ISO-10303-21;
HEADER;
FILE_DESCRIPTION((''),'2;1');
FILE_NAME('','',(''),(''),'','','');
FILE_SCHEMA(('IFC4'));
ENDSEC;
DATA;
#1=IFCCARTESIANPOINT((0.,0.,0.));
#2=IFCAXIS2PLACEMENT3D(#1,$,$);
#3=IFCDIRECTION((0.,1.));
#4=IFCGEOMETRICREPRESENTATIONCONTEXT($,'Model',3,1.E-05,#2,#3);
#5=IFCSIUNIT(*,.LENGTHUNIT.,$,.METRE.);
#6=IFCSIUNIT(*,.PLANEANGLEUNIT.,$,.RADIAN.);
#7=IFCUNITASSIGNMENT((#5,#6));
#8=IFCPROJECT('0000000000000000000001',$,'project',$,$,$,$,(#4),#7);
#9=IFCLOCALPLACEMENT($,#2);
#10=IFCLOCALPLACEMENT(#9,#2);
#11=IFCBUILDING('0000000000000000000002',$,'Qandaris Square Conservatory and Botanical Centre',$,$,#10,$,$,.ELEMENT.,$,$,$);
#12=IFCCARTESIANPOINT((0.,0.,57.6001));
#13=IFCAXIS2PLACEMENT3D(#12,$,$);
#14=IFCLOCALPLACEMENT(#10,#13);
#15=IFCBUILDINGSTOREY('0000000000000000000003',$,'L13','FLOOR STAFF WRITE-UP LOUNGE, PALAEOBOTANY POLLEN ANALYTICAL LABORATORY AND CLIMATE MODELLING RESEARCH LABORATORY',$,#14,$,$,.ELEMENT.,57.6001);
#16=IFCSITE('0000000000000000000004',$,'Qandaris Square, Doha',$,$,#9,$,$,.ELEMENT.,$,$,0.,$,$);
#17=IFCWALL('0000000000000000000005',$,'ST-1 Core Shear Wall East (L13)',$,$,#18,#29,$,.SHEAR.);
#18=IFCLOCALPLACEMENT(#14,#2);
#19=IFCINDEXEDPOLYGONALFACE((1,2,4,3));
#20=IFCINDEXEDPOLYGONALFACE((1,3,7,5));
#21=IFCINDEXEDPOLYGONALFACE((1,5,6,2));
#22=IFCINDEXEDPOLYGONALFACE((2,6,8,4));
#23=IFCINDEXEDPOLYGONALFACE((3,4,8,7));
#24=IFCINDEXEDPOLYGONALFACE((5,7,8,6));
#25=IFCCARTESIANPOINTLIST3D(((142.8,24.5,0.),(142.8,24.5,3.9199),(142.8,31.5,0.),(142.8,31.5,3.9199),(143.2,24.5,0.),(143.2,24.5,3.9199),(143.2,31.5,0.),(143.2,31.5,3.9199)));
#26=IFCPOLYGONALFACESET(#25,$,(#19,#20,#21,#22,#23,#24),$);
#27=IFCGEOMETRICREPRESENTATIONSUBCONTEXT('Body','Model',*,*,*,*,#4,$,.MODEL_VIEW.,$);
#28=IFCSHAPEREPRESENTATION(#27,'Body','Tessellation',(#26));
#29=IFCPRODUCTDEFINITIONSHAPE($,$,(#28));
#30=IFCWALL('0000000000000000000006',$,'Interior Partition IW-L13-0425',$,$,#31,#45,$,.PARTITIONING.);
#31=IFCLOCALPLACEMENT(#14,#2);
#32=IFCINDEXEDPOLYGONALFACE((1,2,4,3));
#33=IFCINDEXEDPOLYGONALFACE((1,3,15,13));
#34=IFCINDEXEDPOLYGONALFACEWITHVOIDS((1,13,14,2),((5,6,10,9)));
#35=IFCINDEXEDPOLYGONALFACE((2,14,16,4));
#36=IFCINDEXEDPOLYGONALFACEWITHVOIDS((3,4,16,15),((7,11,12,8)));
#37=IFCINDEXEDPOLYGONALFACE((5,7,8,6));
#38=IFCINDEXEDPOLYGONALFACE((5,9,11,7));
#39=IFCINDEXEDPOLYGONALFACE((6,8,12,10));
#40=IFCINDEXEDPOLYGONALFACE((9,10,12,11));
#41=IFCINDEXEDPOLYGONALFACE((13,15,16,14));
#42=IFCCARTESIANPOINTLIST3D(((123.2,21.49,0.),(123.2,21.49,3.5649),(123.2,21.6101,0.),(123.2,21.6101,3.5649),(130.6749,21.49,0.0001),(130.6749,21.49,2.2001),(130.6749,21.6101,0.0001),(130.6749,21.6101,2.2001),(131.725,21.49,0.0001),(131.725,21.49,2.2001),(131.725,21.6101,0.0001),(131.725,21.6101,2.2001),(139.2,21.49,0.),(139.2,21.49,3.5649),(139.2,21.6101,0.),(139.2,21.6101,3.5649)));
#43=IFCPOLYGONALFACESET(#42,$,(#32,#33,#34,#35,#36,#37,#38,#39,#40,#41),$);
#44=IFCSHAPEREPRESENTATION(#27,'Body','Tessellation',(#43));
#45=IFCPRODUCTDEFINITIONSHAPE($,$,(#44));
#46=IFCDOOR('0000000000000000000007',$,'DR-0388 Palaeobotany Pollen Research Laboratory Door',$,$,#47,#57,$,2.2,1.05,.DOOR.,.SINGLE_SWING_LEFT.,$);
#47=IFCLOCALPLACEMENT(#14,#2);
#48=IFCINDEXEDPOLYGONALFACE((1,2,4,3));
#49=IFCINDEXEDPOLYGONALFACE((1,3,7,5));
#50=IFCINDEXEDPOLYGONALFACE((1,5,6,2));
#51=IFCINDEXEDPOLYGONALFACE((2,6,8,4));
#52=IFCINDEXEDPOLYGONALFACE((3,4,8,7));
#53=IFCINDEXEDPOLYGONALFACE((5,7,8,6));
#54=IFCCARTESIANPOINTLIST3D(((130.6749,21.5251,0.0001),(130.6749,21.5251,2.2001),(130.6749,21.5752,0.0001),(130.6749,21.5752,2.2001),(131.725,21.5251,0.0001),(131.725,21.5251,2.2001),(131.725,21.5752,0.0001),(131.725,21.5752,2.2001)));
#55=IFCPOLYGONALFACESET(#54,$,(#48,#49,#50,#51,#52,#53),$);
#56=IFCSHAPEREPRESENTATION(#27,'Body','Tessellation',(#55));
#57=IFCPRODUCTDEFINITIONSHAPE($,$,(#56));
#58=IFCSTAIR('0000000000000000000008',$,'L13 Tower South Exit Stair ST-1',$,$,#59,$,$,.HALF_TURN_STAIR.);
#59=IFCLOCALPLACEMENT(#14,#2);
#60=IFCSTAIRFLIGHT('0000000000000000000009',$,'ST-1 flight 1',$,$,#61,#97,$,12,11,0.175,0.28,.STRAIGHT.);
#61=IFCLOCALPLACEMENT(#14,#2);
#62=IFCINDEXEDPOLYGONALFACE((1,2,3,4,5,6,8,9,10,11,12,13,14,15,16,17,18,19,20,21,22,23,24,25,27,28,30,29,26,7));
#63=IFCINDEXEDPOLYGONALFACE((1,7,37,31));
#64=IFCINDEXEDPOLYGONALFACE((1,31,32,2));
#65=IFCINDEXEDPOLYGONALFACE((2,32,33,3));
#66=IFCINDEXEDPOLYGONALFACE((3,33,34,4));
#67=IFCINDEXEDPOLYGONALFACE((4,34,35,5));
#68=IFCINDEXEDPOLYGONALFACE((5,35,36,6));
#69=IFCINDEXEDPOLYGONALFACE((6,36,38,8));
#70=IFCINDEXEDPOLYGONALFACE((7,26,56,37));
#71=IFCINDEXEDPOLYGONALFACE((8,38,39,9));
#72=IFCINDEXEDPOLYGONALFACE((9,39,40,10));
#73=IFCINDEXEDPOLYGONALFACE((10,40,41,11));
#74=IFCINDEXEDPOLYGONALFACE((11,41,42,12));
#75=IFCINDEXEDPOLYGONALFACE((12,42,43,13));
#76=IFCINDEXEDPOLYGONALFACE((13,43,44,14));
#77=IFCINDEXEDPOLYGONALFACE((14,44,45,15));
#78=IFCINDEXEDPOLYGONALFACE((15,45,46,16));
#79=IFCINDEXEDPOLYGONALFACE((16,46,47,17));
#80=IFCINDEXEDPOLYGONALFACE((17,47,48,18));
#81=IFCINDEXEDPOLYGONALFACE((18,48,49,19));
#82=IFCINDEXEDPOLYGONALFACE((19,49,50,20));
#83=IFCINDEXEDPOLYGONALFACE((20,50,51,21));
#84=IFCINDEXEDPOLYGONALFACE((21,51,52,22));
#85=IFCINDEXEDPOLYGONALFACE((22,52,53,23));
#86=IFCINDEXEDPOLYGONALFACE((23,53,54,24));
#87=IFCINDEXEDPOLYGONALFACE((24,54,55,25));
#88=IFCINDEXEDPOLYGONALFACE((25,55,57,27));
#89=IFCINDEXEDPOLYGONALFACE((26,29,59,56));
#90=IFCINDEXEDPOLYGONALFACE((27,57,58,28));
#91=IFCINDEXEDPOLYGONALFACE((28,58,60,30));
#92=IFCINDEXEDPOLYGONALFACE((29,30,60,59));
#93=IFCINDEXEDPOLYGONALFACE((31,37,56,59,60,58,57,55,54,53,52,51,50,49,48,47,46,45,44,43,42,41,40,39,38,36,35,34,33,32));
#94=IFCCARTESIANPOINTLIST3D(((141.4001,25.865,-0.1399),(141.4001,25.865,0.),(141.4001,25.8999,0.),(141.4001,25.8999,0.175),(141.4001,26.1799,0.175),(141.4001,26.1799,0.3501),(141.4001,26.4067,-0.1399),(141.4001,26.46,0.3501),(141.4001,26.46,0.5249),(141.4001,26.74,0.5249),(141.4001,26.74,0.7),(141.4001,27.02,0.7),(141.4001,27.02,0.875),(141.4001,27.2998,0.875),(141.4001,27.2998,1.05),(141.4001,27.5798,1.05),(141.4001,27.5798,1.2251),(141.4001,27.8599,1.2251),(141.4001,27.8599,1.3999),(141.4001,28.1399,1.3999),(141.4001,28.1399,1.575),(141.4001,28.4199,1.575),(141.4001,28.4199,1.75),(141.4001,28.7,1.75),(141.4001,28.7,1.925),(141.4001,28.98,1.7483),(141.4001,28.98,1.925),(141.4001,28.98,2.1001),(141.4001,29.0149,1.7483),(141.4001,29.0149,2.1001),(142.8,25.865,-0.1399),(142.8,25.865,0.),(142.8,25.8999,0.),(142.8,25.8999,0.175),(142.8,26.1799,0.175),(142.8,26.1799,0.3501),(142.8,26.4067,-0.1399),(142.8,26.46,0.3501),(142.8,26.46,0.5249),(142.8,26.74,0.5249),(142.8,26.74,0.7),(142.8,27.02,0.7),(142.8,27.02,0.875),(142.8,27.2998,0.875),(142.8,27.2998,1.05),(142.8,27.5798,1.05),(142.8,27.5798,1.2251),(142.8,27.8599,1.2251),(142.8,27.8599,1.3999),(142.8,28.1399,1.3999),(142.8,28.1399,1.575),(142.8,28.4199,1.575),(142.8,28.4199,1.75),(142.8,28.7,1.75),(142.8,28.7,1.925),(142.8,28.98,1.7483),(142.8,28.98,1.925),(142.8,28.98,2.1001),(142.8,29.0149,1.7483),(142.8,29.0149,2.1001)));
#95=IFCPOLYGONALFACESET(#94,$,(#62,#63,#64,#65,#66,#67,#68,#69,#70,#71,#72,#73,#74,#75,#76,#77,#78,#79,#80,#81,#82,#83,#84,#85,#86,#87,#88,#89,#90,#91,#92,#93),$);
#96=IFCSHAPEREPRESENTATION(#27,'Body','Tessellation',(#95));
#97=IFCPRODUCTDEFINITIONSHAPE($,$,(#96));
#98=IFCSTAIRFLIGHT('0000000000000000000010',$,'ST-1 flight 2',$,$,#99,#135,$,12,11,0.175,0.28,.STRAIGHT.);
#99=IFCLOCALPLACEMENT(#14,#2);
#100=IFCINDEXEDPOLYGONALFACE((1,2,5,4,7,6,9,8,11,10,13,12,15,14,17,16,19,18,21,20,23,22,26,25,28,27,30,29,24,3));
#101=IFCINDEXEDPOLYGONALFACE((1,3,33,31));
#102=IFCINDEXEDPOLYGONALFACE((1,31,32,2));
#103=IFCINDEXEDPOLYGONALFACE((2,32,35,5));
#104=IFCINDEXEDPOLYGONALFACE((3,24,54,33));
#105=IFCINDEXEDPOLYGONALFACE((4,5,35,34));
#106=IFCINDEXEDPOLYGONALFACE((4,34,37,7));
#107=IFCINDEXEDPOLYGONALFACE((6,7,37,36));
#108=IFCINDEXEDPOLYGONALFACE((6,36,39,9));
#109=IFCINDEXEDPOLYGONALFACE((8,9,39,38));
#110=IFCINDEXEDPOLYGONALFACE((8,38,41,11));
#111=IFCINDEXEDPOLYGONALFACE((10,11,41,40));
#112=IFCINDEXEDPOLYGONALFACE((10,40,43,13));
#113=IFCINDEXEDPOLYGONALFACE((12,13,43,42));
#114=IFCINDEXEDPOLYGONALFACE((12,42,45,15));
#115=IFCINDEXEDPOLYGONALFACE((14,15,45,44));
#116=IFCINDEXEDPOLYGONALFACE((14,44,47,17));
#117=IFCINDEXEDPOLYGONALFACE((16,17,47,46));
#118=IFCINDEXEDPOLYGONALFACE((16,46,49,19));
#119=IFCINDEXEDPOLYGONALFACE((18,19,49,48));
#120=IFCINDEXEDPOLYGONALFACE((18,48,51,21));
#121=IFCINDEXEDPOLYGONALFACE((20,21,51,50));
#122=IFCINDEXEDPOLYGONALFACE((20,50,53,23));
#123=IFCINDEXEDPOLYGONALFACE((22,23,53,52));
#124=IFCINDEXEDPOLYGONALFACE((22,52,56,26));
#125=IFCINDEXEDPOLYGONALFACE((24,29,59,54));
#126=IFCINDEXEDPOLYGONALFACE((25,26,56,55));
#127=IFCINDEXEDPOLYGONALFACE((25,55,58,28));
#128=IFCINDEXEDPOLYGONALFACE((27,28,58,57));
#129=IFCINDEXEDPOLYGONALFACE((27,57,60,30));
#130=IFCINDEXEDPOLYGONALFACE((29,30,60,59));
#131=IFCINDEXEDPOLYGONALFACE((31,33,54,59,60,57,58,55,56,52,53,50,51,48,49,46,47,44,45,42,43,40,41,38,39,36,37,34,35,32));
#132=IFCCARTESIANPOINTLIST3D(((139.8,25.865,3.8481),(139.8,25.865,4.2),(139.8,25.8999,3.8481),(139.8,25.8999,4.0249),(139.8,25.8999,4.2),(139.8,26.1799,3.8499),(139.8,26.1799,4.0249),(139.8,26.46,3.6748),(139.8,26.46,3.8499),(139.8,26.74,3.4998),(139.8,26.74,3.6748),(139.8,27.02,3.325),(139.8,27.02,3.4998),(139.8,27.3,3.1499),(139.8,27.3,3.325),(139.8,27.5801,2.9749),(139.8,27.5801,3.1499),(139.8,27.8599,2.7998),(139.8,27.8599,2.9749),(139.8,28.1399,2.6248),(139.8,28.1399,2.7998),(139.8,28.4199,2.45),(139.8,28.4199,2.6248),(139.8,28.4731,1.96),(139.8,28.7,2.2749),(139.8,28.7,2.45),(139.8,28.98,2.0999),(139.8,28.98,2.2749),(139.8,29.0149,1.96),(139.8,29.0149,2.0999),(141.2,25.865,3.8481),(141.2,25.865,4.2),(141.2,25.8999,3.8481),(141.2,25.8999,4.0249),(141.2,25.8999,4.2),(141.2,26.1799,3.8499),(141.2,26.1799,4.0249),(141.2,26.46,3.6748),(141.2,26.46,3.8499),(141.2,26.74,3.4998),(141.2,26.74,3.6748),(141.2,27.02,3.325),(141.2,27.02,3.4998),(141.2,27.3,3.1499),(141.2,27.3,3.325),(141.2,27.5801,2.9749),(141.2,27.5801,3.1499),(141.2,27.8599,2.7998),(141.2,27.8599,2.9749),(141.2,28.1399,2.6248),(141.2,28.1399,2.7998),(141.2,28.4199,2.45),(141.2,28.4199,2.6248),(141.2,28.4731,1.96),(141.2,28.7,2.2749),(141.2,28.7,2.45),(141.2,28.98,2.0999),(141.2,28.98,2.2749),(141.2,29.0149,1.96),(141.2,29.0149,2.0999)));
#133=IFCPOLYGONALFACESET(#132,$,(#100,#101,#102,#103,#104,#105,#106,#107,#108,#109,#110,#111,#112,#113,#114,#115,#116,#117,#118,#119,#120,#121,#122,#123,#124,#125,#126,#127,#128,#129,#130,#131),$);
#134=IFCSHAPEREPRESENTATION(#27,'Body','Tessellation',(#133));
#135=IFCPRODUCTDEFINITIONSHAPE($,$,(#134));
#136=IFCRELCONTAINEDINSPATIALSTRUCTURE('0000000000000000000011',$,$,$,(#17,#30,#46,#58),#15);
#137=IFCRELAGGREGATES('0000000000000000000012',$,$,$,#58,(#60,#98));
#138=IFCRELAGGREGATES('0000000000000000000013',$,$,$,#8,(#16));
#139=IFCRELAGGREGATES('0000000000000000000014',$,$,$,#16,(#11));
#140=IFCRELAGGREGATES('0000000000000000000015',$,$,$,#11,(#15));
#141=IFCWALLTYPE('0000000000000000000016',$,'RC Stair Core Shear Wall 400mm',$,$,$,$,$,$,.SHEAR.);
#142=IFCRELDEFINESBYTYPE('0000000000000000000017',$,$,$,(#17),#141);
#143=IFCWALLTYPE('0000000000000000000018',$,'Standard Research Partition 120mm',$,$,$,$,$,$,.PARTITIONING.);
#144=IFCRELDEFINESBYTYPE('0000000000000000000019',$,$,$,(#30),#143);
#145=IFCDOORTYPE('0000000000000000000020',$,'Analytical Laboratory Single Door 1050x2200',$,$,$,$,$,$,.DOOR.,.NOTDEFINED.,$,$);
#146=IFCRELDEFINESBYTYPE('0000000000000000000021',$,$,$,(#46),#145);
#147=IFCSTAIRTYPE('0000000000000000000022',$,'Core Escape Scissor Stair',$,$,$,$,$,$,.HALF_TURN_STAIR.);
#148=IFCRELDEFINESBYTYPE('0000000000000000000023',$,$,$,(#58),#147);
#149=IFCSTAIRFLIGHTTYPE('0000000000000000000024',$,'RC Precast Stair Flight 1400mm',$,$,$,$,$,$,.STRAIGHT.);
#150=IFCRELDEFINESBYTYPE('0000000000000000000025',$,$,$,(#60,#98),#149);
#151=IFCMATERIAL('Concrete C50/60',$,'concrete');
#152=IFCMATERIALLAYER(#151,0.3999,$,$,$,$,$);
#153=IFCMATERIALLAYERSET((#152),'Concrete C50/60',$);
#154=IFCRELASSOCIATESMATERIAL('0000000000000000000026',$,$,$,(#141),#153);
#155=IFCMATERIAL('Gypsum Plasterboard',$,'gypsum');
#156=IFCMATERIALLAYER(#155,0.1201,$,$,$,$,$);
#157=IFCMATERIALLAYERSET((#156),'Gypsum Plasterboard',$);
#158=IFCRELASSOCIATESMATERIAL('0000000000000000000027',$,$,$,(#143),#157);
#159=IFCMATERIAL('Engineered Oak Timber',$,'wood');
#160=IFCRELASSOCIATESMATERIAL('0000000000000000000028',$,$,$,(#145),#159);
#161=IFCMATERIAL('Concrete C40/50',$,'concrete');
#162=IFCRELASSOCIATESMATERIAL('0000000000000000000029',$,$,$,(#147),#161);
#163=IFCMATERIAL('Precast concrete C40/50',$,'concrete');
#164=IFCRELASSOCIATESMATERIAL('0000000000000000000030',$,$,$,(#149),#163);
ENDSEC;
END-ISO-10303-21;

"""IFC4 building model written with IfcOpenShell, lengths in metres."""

from ifc_helpers import new_model, si_unit, direction, frame, frame_2d, origin, place, context, subcontext, project, spatial, polyline, rectangle, outline, extrude, material, layer, layer_set, type_object, element, fill, aggregate, save


model = new_model("IFC4")

# Units and contexts
model_context = context("Model", 3, precision=1e-05, world=origin(), true_north=direction((0.0, 1.0)))
body_context = subcontext(model_context, "Body", "Model", "MODEL_VIEW")
ifc_project = project(units=[si_unit("LENGTHUNIT", "METRE"), si_unit("PLANEANGLEUNIT", "RADIAN")], contexts=[model_context])

# Site, building, storey
site_placement = place(None, origin())
site = spatial("IfcSite", under=ifc_project, at=site_placement, Name="Qandaris Square, Doha", CompositionType="ELEMENT", RefElevation=0.0)
building_placement = place(site_placement, origin())
building = spatial("IfcBuilding", under=site, at=building_placement, Name="Qandaris Square Conservatory and Botanical Centre", CompositionType="ELEMENT")
storey_placement = place(building_placement, frame((0.0, 0.0, 57.6001)))
storey = spatial("IfcBuildingStorey", under=building, at=storey_placement, Name="L13", Description="FLOOR STAFF WRITE-UP LOUNGE, PALAEOBOTANY POLLEN ANALYTICAL LABORATORY AND CLIMATE MODELLING RESEARCH LABORATORY", CompositionType="ELEMENT", Elevation=57.6001)

# Shared definitions
ifc_material_1 = material(Name="Concrete C50/60", Category="concrete")

# Shared definitions
ifc_material_2 = material(Name="Gypsum Plasterboard", Category="gypsum")

# Shared definitions
ifc_material_3 = material(Name="Precast concrete C40/50", Category="concrete")

# Shared definitions
ifc_material_4 = material(Name="Concrete C40/50", Category="concrete")

# Shared definitions
ifc_layer_1 = layer(ifc_material_1, 0.3999)
ifc_layer_set_1 = layer_set([ifc_layer_1], Name="Concrete C50/60")
wall_type_1 = type_object("IfcWallType", Name="RC Stair Core Shear Wall 400mm", PredefinedType="SHEAR", material=ifc_layer_set_1)

# Wall
for number, where, z_axis, x_axis, name in (
    (1, (143.0, 24.5, 0.0), (0.0, 0.0, 1.0), (0.0, 1.0, 0.0), "ST-1 Core Shear Wall East (L13)"),
):
    element("IfcWall", number, at=place(storey_placement, frame(where, z_axis=z_axis, x_axis=x_axis)), inside=storey, type_object=wall_type_1, Name=name, PredefinedType="SHEAR", context=body_context, shape_type="SweptSolid", body=[
        extrude(rectangle(XDim=7.0, YDim=0.3999, at=frame_2d((3.5, 0.0))), origin(), (0.0, 0.0, 1.0), 3.9199),
    ])

# Wall, opening, door
ifc_layer_2 = layer(ifc_material_2, 0.1201)
ifc_layer_set_2 = layer_set([ifc_layer_2], Name="Gypsum Plasterboard")
wall_type_2 = type_object("IfcWallType", Name="Standard Research Partition 120mm", PredefinedType="PARTITIONING", material=ifc_layer_set_2)
wall_1_placement = place(storey_placement, frame((139.2, 21.55, 0.0), z_axis=(0.0, 0.0, 1.0), x_axis=(-1.0, 0.0, 0.0)))
wall_1 = element("IfcWall", 2, at=wall_1_placement, inside=storey, type_object=wall_type_2, Name="Interior Partition IW-L13-0425", PredefinedType="PARTITIONING", context=body_context, shape_type="SweptSolid", body=[
    extrude(rectangle(XDim=16.0, YDim=0.1201, at=frame_2d((8.0, 0.0))), origin(), (0.0, 0.0, 1.0), 3.5649),
])
opening_1_placement = place(wall_1_placement, frame((7.4751, 0.0, 0.0)))
opening_1 = element("IfcOpeningElement", 3, at=opening_1_placement, cuts=wall_1, PredefinedType="OPENING", context=body_context, shape_type="SweptSolid", body=[
    extrude(rectangle(XDim=1.05, YDim=2.2, at=frame_2d((0.5249, 1.1001))), frame((0.0, 0.072, 0.0), z_axis=(0.0, -1.0, 0.0), x_axis=(1.0, 0.0, 0.0)), (0.0, 0.0, 1.0), 0.144),
])
ifc_material_5 = material(Name="Engineered Oak Timber", Category="wood")
door_type_1 = type_object("IfcDoorType", Name="Analytical Laboratory Single Door 1050x2200", OperationType="NOTDEFINED", PredefinedType="DOOR", material=ifc_material_5)
door_1_placement = place(opening_1_placement, origin())
door_1 = element("IfcDoor", 4, at=door_1_placement, inside=storey, type_object=door_type_1, Name="DR-0388 Palaeobotany Pollen Research Laboratory Door", OperationType="SINGLE_SWING_LEFT", OverallHeight=2.2, OverallWidth=1.05, PredefinedType="DOOR", context=body_context, shape_type="SweptSolid", body=[
    extrude(rectangle(XDim=1.05, YDim=2.2, at=frame_2d((0.5249, 1.1001))), frame((0.0, 0.0249, 0.0), z_axis=(0.0, -1.0, 0.0), x_axis=(1.0, 0.0, 0.0)), (0.0, 0.0, 1.0), 0.05),
])
fill(opening_1, door_1)

# Stair, stair flights
stair_type = type_object("IfcStairType", Name="Core Escape Scissor Stair", PredefinedType="HALF_TURN_STAIR", material=ifc_material_4)
stair_placement = place(storey_placement, origin())
stair = element("IfcStair", 5, at=stair_placement, inside=storey, type_object=stair_type, Name="L13 Tower South Exit Stair ST-1", PredefinedType="HALF_TURN_STAIR")
stair_flight_type = type_object("IfcStairFlightType", Name="RC Precast Stair Flight 1400mm", PredefinedType="STRAIGHT", material=ifc_material_3)
stair_flight_1_placement = place(storey_placement, frame((142.1001, 25.8999, 0.0), z_axis=(0.0, 0.0, 1.0), x_axis=(0.0, 1.0, 0.0)))
stair_flight_1 = element("IfcStairFlight", 6, at=stair_flight_1_placement, type_object=stair_flight_type, Name="ST-1 flight 1", NumberOfRisers=12, NumberOfTreads=11, PredefinedType="STRAIGHT", RiserHeight=0.175, TreadLength=0.28, context=body_context, shape_type="SweptSolid", body=[
    extrude(outline(polyline([(-0.0349, 0.0), (0.0, 0.0), (0.0, 0.175), (0.28, 0.175), (0.28, 0.3501), (0.5601, 0.3501), (0.5601, 0.5249), (0.8401, 0.5249), (0.8401, 0.7), (1.1201, 0.7), (1.1201, 0.875), (1.3999, 0.875), (1.3999, 1.05), (1.6799, 1.05), (1.6799, 1.2251), (1.96, 1.2251), (1.96, 1.3999), (2.24, 1.3999), (2.24, 1.575), (2.52, 1.575), (2.52, 1.75), (2.8, 1.75), (2.8, 1.925), (3.0801, 1.925), (3.0801, 2.1001), (3.115, 2.1001), (3.115, 1.7483), (3.0801, 1.7483), (0.5068, -0.1399), (-0.0349, -0.1399), (-0.0349, 0.0)])), frame((0.0, 0.7, 0.0), z_axis=(0.0, -1.0, 0.0), x_axis=(1.0, 0.0, 0.0)), (0.0, 0.0, 1.0), 1.3999),
])
stair_flight_2_placement = place(storey_placement, frame((140.5, 28.98, 2.0999), z_axis=(0.0, 0.0, 1.0), x_axis=(0.0, -1.0, 0.0)))
stair_flight_2 = element("IfcStairFlight", 7, at=stair_flight_2_placement, type_object=stair_flight_type, Name="ST-1 flight 2", NumberOfRisers=12, NumberOfTreads=11, PredefinedType="STRAIGHT", RiserHeight=0.175, TreadLength=0.28, context=body_context, shape_type="SweptSolid", body=[
    extrude(outline(polyline([(-0.0349, 0.0), (0.0, 0.0), (0.0, 0.175), (0.28, 0.175), (0.28, 0.3501), (0.5601, 0.3501), (0.5601, 0.5249), (0.8401, 0.5249), (0.8401, 0.7), (1.1201, 0.7), (1.1201, 0.875), (1.3999, 0.875), (1.3999, 1.05), (1.6799, 1.05), (1.6799, 1.2251), (1.96, 1.2251), (1.96, 1.3999), (2.24, 1.3999), (2.24, 1.575), (2.52, 1.575), (2.52, 1.75), (2.8, 1.75), (2.8, 1.925), (3.0801, 1.925), (3.0801, 2.1001), (3.115, 2.1001), (3.115, 1.7483), (3.0801, 1.7483), (0.5068, -0.1399), (-0.0349, -0.1399), (-0.0349, 0.0)])), frame((0.0, 0.7, 0.0), z_axis=(0.0, -1.0, 0.0), x_axis=(1.0, 0.0, 0.0)), (0.0, 0.0, 1.0), 1.3999),
])
aggregate(stair, [stair_flight_1, stair_flight_2])

save(model, "model.ifc")
